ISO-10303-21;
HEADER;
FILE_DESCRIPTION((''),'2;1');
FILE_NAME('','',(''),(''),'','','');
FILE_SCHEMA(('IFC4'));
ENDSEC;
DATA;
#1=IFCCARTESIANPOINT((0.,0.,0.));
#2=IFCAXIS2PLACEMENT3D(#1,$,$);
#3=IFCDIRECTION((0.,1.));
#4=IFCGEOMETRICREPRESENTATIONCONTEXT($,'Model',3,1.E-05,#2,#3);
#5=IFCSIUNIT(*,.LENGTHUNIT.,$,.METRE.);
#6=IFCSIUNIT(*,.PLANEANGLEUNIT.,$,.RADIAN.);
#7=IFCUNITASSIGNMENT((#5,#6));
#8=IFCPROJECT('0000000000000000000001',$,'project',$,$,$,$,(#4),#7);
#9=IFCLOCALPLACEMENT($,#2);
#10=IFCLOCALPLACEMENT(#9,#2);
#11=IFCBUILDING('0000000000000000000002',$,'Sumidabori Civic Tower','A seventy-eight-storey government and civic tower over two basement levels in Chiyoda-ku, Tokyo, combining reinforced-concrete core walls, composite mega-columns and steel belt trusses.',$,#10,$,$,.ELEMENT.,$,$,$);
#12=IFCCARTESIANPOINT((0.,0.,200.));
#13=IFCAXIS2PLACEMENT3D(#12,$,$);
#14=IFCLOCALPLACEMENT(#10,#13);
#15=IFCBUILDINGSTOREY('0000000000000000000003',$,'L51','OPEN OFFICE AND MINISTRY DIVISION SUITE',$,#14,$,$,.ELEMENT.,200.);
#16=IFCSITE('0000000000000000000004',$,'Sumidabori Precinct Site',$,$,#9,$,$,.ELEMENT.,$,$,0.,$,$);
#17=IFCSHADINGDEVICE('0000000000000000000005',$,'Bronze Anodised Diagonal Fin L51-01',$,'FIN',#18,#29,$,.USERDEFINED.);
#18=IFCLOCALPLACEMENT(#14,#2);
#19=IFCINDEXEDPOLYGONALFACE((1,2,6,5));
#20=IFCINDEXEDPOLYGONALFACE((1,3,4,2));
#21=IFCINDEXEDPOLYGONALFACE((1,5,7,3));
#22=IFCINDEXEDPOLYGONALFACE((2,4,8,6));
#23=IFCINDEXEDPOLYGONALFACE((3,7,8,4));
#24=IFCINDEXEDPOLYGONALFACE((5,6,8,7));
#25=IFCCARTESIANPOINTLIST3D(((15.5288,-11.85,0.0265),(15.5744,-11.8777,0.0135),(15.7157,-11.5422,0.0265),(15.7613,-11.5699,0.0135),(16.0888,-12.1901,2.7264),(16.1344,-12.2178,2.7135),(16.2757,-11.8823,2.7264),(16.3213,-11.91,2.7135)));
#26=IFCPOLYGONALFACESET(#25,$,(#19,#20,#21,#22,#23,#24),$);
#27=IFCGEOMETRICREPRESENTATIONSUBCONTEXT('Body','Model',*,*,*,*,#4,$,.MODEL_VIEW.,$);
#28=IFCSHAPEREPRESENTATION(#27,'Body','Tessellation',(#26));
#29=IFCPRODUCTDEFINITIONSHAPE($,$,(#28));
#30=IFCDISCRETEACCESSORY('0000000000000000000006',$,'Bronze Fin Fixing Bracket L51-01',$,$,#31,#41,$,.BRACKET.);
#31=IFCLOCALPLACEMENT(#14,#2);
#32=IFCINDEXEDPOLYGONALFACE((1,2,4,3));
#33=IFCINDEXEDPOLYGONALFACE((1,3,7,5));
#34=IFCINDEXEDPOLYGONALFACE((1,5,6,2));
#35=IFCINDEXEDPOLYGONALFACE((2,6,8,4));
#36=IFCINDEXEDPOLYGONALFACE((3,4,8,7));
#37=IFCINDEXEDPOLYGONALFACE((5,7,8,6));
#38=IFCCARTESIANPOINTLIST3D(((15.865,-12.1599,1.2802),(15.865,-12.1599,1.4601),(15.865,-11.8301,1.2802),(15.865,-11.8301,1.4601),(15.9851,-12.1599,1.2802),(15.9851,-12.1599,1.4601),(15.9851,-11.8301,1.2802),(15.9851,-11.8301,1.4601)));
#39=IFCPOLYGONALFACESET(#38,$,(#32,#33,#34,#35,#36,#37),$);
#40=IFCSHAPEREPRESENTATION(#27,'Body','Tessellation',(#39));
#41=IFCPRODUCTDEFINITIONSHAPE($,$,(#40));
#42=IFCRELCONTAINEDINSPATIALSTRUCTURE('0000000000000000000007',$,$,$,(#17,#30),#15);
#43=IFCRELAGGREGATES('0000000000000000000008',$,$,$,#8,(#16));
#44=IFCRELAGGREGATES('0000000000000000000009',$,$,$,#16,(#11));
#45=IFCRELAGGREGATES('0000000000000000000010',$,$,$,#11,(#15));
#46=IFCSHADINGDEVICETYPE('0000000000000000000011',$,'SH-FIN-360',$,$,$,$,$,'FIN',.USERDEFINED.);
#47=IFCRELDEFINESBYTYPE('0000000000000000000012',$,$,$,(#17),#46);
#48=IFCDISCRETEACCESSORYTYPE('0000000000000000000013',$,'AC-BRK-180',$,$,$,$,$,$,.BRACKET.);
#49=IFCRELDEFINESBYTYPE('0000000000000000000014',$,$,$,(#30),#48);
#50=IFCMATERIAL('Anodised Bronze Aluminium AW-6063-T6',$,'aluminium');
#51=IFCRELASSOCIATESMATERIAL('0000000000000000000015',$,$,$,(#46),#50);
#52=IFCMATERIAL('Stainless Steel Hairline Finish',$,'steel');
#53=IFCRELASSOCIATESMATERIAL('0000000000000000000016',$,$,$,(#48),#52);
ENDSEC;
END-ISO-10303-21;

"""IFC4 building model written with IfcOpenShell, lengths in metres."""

from ifc_helpers import new_model, si_unit, direction, frame, origin, origin_2d, place, context, subcontext, project, spatial, rectangle, extrude, source, transform, mapped, material, material_profile, profile_set, type_object, element, save


model = new_model("IFC4")

# Units and contexts
model_context = context("Model", 3, precision=1e-05, world=origin(), true_north=direction((0.0, 1.0)))
body_context = subcontext(model_context, "Body", "Model", "MODEL_VIEW")
ifc_project = project(units=[si_unit("LENGTHUNIT", "METRE"), si_unit("PLANEANGLEUNIT", "RADIAN")], contexts=[model_context])

# Site, building, storey
site_placement = place(None, origin())
site = spatial("IfcSite", under=ifc_project, at=site_placement, Name="Sumidabori Precinct Site", CompositionType="ELEMENT", RefElevation=0.0)
building_placement = place(site_placement, origin())
building = spatial("IfcBuilding", under=site, at=building_placement, Name="Sumidabori Civic Tower", Description="A seventy-eight-storey government and civic tower over two basement levels in Chiyoda-ku, Tokyo, combining reinforced-concrete core walls, composite mega-columns and steel belt trusses.", CompositionType="ELEMENT")
storey_placement = place(building_placement, frame((0.0, 0.0, 200.0)))
storey = spatial("IfcBuildingStorey", under=building, at=storey_placement, Name="L51", Description="OPEN OFFICE AND MINISTRY DIVISION SUITE", CompositionType="ELEMENT", Elevation=200.0)

# Shared definitions
ifc_material_1 = material(Name="Anodised Bronze Aluminium AW-6063-T6", Category="aluminium")

# Shading device
ifc_material_profile_1 = material_profile(ifc_material_1, rectangle(XDim=0.0549, YDim=0.3601, at=origin_2d()), Name="BRONZE FIN 360x55")
ifc_profile_set_1 = profile_set([ifc_material_profile_1], Name="Anodised Bronze Aluminium AW-6063-T6")
shading_device_type = type_object("IfcShadingDeviceType", Name="SH-FIN-360", ElementType="FIN", PredefinedType="USERDEFINED", material=ifc_profile_set_1)
shared_shape_1 = source(origin(), body_context, "Body", "SweptSolid", [
    extrude(rectangle(XDim=0.0549, YDim=0.3601, at=origin_2d()), origin(), (0.0, 0.0, 1.0), 2.7783),
])
shading_device_placement = place(storey_placement, frame((15.645, -11.71, 0.02), z_axis=(0.201582, -0.122408, 0.971793), x_axis=(0.830642, -0.504396, -0.235837)))
element("IfcShadingDevice", 1, at=shading_device_placement, inside=storey, type_object=shading_device_type, Name="Bronze Anodised Diagonal Fin L51-01", ObjectType="FIN", PredefinedType="USERDEFINED", context=body_context, shape_type="MappedRepresentation", body=[
    mapped(shared_shape_1, transform((0.0, 0.0, 0.0), x_axis=(1.0, 0.0, 0.0), y_axis=(0.0, 1.0, 0.0), z_axis=(0.0, 0.0, 1.0), scale=1.0)),
])

# Discrete accessory
ifc_material_2 = material(Name="Stainless Steel Hairline Finish", Category="steel")
ifc_material_profile_2 = material_profile(ifc_material_2, rectangle(XDim=0.1201, YDim=0.1799, at=origin_2d()), Name="STEEL BRACKET 180x120")
ifc_profile_set_2 = profile_set([ifc_material_profile_2], Name="Stainless Steel Hairline Finish")
discrete_accessory_type = type_object("IfcDiscreteAccessoryType", Name="AC-BRK-180", PredefinedType="BRACKET", material=ifc_profile_set_2)
shared_shape_2 = source(origin(), body_context, "Body", "SweptSolid", [
    extrude(rectangle(XDim=0.1201, YDim=0.1799, at=origin_2d()), origin(), (0.0, 0.0, 1.0), 0.3298),
])
discrete_accessory_placement = place(storey_placement, frame((15.925, -11.8301, 1.3701), z_axis=(0.0, -1.0, 0.0), x_axis=(1.0, 0.0, 0.0)))
element("IfcDiscreteAccessory", 2, at=discrete_accessory_placement, inside=storey, type_object=discrete_accessory_type, Name="Bronze Fin Fixing Bracket L51-01", PredefinedType="BRACKET", context=body_context, shape_type="MappedRepresentation", body=[
    mapped(shared_shape_2, transform((0.0, 0.0, 0.0), x_axis=(1.0, 0.0, 0.0), y_axis=(0.0, 1.0, 0.0), z_axis=(0.0, 0.0, 1.0), scale=1.0)),
])

save(model, "model.ifc")
